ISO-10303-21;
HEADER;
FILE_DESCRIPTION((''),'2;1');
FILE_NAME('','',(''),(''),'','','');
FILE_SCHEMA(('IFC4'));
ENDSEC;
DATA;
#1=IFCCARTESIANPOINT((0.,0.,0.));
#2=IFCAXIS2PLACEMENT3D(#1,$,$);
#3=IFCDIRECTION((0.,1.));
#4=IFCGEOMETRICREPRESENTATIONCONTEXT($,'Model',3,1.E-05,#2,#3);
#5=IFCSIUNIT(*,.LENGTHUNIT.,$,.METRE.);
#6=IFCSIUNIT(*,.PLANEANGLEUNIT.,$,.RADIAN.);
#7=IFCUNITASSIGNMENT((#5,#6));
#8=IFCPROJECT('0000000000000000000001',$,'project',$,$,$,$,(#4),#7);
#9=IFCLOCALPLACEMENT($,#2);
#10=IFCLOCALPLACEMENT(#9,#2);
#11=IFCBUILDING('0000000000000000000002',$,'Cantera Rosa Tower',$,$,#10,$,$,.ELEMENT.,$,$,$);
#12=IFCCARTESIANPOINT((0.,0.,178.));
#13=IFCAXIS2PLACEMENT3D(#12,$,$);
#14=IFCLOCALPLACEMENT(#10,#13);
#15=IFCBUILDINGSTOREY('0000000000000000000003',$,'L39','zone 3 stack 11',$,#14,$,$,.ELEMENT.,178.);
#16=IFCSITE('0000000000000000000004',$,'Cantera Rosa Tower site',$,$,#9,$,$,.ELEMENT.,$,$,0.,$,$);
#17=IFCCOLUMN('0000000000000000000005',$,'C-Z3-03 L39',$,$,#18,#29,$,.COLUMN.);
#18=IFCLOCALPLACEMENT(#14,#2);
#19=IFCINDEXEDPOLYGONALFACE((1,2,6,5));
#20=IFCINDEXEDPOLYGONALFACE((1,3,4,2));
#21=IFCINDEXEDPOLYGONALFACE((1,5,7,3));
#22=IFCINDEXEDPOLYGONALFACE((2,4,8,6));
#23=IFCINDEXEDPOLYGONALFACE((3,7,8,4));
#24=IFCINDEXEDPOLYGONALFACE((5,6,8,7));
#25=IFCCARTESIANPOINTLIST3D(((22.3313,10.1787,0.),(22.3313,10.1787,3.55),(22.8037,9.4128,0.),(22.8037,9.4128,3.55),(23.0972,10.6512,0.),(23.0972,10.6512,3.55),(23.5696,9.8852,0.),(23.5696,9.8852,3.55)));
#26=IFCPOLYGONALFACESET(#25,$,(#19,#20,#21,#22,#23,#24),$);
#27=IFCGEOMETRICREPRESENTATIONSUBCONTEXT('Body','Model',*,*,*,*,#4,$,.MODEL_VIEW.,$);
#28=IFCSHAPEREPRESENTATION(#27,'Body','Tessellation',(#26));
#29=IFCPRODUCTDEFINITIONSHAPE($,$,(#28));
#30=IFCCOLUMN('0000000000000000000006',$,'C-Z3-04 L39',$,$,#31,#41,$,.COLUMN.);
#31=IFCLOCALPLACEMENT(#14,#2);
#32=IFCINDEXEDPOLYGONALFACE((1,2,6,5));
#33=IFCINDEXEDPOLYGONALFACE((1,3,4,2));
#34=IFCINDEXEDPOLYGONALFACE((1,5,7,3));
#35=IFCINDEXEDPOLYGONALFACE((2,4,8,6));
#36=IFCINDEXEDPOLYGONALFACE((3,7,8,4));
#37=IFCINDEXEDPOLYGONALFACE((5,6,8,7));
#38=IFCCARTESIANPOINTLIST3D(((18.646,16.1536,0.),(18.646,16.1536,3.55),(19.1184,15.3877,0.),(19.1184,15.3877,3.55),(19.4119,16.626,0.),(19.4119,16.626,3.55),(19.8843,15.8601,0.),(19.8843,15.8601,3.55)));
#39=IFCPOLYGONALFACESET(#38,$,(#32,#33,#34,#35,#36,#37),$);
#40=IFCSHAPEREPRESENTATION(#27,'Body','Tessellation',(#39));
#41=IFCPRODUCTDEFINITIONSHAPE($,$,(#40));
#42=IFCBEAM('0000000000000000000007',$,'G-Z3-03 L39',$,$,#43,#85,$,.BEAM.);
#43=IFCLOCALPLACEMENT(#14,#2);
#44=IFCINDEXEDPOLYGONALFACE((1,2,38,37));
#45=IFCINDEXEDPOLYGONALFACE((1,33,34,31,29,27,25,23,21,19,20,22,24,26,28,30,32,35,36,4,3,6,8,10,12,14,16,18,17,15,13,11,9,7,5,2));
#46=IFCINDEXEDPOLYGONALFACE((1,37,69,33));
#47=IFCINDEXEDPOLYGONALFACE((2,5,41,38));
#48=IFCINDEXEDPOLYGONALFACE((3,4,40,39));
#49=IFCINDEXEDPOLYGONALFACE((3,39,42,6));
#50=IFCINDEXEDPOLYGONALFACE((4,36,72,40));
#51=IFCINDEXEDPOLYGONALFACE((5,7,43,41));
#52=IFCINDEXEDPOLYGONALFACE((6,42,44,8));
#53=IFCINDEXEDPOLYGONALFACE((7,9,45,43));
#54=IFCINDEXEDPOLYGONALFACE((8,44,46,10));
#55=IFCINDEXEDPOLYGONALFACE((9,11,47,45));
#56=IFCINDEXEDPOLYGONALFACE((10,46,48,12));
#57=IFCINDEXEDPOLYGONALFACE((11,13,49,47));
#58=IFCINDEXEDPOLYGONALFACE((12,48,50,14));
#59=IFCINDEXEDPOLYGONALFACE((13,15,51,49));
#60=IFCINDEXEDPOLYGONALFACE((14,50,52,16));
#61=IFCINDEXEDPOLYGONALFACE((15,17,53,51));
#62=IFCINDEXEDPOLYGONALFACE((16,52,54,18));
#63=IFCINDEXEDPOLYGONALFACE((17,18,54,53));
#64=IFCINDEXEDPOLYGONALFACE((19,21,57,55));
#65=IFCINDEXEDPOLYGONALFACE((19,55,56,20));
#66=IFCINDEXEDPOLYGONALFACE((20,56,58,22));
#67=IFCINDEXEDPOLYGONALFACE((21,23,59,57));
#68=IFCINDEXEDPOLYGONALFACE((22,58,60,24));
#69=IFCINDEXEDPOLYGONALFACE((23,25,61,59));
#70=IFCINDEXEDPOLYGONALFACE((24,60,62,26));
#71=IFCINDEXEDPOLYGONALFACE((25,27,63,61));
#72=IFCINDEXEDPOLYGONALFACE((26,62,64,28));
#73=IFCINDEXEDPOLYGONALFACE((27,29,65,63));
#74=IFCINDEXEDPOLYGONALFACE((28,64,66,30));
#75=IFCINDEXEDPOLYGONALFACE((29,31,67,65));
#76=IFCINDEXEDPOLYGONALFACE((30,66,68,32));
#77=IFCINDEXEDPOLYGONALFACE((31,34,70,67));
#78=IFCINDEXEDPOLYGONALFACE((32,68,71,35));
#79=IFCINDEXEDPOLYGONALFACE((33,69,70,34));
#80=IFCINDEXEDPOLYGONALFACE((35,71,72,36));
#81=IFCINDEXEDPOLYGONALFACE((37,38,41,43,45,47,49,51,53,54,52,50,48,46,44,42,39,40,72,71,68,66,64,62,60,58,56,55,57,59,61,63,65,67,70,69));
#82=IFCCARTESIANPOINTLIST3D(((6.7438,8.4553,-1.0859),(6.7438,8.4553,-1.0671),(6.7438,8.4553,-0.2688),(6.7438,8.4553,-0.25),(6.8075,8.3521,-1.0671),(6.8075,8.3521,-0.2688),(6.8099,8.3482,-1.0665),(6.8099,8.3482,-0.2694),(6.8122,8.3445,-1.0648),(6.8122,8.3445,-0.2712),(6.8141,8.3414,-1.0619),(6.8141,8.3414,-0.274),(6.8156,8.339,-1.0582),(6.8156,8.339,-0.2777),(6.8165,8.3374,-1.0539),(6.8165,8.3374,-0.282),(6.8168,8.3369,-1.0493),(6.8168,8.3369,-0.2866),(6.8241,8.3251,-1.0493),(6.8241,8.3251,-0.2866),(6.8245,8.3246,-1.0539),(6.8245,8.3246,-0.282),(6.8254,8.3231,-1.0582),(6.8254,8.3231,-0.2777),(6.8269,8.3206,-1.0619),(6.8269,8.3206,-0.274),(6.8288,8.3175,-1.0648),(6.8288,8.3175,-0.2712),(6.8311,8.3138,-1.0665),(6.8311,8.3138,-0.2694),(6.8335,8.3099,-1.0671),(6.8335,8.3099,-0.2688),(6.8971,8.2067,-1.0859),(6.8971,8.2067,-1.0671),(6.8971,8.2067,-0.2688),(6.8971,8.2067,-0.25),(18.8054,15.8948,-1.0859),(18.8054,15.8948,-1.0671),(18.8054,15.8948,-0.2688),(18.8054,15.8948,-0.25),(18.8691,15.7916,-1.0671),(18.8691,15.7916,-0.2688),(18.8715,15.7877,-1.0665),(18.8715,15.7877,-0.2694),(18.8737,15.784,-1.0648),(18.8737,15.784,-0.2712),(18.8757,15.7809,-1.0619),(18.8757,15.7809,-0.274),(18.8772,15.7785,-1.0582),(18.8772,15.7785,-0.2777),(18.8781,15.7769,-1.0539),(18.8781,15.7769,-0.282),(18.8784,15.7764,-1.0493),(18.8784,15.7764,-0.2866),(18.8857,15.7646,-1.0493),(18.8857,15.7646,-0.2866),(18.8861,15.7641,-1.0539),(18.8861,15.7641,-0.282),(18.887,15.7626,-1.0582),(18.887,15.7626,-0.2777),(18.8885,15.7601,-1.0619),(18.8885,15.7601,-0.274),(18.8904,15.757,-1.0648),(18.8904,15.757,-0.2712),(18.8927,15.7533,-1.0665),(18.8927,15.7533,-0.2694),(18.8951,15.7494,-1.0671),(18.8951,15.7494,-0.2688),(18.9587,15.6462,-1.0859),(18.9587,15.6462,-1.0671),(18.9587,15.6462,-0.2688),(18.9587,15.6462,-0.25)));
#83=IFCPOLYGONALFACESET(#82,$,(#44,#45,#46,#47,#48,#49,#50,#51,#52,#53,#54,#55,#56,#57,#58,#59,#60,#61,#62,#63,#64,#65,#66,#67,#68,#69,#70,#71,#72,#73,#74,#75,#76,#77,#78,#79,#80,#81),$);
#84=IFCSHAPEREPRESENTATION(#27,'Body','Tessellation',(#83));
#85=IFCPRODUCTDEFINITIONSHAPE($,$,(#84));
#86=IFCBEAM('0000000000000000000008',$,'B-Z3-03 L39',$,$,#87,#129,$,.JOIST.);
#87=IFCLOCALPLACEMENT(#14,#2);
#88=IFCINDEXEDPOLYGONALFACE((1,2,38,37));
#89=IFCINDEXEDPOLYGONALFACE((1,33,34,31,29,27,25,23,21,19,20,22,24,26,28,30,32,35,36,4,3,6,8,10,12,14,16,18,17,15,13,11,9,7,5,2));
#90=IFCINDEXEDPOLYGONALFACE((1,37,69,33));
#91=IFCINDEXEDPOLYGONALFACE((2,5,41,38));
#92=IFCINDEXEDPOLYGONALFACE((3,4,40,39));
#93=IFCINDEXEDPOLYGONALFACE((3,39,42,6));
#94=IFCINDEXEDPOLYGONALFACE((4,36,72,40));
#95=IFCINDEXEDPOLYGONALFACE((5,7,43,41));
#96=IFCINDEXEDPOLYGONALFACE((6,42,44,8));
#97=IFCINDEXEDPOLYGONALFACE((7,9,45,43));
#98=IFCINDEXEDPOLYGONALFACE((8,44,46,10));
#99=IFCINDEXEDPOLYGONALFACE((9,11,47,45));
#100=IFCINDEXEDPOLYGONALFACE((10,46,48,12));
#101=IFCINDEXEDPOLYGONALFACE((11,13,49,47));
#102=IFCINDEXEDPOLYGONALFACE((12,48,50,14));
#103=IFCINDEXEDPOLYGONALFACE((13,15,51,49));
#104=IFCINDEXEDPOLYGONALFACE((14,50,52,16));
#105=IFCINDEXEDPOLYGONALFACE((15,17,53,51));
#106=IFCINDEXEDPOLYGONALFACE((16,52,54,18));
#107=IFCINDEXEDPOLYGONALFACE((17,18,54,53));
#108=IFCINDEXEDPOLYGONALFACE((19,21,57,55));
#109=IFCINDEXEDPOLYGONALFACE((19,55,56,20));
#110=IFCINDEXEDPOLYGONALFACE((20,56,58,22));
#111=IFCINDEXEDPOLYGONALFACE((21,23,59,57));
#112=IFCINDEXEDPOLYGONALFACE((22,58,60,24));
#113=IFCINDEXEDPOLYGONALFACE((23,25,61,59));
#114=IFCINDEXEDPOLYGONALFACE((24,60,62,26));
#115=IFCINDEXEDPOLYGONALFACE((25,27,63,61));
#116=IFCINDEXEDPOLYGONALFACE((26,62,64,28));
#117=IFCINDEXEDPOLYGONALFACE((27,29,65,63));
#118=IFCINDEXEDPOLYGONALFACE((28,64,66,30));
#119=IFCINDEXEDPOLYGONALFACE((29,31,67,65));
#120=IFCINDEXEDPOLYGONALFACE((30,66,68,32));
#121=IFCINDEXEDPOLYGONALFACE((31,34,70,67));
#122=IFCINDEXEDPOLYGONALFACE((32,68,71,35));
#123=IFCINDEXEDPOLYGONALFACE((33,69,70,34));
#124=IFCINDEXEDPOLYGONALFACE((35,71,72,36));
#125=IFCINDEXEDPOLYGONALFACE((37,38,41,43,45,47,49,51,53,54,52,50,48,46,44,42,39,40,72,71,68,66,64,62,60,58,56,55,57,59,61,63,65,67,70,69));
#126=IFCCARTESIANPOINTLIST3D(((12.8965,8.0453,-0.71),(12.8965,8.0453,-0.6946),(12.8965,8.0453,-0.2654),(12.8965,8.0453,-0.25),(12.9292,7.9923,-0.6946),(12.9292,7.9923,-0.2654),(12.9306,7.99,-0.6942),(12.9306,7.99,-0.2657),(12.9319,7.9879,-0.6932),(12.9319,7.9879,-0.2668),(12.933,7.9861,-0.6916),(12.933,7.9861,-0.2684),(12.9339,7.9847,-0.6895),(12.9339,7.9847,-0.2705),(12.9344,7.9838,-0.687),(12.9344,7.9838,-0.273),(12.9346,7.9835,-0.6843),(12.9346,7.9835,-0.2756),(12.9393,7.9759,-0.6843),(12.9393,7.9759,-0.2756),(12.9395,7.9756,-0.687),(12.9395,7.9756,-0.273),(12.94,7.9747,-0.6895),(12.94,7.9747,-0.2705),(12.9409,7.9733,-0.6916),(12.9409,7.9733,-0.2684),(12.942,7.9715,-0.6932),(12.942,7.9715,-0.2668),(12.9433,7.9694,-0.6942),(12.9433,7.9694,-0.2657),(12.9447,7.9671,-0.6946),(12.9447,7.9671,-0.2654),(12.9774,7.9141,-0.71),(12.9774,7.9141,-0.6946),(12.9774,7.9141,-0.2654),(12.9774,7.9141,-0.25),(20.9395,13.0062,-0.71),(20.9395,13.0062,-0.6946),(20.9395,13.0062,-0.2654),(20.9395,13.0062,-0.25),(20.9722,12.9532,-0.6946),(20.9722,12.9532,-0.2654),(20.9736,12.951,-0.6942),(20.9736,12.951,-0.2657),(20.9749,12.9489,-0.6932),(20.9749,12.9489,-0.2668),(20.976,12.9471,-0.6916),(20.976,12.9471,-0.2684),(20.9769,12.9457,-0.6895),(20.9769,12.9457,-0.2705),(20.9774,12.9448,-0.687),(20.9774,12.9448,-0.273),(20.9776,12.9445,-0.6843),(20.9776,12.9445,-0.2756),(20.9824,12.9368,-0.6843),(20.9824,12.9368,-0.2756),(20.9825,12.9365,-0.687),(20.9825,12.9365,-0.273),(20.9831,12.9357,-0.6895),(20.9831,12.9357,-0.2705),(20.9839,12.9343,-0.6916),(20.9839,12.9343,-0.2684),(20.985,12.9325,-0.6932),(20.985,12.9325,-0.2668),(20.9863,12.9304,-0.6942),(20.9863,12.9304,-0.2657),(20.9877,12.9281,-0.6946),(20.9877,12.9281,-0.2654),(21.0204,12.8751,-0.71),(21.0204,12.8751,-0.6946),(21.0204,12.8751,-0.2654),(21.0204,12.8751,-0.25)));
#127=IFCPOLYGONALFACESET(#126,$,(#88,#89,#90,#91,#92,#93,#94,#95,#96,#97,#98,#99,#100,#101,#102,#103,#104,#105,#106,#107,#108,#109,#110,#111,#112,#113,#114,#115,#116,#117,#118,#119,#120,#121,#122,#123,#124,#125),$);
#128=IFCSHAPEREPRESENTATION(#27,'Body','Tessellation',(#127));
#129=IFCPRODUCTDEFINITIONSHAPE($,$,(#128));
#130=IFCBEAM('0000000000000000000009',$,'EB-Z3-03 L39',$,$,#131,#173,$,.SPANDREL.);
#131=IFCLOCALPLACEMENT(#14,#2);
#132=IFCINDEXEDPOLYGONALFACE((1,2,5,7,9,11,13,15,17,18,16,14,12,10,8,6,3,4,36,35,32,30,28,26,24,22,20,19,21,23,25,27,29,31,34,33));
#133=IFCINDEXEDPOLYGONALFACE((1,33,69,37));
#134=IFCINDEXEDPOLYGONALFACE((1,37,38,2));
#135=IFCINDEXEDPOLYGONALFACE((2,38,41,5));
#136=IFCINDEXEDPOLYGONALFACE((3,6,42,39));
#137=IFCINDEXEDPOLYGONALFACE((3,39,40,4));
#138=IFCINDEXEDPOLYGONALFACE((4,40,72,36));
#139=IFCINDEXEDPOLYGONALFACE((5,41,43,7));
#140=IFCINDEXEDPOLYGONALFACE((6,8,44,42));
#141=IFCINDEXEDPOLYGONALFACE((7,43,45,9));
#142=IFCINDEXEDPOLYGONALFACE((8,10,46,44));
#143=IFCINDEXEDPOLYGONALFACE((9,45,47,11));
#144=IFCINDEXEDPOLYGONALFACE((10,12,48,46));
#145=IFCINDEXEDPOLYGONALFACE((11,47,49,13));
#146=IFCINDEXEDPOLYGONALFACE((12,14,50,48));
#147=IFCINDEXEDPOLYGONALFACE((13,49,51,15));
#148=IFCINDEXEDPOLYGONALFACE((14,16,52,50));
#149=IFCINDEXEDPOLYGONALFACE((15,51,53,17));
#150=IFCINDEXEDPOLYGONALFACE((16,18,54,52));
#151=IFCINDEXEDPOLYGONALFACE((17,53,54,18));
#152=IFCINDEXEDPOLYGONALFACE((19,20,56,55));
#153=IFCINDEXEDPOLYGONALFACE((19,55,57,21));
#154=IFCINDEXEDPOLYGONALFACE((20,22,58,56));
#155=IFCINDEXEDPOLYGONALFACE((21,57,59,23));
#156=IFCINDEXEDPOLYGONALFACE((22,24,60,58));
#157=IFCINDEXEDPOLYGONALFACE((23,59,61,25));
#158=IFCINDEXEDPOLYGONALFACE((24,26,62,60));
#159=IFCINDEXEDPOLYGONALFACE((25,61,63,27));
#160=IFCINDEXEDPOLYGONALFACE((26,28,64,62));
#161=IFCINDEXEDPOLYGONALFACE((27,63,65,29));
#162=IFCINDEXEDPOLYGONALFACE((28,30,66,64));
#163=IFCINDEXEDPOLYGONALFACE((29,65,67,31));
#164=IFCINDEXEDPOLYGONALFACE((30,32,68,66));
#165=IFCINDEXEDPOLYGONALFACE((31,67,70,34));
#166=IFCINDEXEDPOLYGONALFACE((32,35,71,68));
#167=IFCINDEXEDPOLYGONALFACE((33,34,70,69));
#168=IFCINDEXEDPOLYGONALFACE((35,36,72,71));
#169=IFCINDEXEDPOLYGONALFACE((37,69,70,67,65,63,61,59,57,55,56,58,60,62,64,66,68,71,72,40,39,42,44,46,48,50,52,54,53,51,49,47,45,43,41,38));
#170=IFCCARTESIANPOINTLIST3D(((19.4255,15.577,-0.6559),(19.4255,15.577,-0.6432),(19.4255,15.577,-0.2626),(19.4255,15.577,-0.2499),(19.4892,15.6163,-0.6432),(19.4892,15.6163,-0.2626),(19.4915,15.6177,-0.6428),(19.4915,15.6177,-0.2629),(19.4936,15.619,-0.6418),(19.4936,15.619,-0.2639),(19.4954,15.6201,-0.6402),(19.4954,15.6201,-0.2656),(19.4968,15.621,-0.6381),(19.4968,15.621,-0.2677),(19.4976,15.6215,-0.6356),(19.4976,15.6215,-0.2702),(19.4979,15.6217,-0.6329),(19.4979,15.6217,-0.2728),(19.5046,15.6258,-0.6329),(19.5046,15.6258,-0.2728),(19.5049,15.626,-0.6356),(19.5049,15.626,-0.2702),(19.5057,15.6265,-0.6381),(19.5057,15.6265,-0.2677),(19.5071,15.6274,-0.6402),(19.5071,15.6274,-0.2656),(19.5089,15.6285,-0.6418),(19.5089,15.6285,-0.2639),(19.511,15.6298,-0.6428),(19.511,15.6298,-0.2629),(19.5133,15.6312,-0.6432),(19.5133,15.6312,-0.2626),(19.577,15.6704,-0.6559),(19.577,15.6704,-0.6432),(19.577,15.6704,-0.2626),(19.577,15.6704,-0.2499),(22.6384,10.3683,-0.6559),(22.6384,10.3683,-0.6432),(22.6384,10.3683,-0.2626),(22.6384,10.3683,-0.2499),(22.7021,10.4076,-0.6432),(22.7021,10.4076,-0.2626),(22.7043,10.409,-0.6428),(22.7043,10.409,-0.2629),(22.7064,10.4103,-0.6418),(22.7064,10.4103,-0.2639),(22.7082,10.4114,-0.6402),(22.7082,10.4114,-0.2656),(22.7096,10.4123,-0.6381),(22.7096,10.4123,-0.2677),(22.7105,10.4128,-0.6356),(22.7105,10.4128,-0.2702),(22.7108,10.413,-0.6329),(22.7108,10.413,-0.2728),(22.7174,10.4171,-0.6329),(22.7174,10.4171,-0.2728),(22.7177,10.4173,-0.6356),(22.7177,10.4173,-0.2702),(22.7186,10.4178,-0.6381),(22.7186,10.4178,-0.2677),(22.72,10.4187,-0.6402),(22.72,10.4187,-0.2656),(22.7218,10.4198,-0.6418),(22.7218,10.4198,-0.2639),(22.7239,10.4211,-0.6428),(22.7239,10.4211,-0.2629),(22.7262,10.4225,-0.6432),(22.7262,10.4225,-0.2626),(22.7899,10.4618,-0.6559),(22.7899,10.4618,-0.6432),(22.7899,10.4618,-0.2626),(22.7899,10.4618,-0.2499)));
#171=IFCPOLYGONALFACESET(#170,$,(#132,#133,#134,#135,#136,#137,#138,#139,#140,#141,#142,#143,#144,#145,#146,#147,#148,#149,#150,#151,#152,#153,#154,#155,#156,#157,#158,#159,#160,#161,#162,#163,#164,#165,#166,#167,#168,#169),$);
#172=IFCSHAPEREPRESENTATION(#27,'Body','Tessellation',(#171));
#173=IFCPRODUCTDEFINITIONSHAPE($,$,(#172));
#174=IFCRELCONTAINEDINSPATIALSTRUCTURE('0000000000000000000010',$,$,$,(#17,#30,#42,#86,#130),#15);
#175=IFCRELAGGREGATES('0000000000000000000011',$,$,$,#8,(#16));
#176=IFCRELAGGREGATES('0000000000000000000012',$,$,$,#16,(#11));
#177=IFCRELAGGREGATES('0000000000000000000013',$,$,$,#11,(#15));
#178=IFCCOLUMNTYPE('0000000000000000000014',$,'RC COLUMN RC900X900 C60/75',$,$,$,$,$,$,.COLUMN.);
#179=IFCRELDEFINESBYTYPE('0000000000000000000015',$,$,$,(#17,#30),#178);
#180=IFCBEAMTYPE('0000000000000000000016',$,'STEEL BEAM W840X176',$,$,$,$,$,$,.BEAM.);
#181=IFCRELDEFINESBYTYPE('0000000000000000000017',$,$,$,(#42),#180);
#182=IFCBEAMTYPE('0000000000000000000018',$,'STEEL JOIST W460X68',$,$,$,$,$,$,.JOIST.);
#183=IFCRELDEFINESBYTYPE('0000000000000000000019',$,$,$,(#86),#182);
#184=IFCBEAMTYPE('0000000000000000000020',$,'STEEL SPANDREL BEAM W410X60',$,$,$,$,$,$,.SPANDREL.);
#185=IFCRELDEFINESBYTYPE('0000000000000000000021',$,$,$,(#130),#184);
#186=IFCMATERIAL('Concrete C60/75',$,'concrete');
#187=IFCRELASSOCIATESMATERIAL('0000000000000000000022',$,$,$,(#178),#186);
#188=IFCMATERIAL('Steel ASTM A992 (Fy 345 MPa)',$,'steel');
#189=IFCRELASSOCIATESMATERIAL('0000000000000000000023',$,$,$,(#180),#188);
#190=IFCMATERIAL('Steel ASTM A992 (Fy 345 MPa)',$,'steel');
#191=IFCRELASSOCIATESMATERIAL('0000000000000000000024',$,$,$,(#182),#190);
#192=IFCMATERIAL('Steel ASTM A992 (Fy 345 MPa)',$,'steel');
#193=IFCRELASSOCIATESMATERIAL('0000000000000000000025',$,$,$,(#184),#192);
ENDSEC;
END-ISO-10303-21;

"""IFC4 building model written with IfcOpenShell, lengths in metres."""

from ifc_helpers import new_model, si_unit, direction, frame, origin, origin_2d, place, context, subcontext, project, spatial, rectangle, i_section, extrude, material, material_profile, profile_set, type_object, element, save


model = new_model("IFC4")

# Units and contexts
model_context = context("Model", 3, precision=1e-05, world=origin(), true_north=direction((0.0, 1.0)))
body_context = subcontext(model_context, "Body", "Model", "MODEL_VIEW")
ifc_project = project(units=[si_unit("LENGTHUNIT", "METRE"), si_unit("PLANEANGLEUNIT", "RADIAN")], contexts=[model_context])

# Site, building, storey
site_placement = place(None, origin())
site = spatial("IfcSite", under=ifc_project, at=site_placement, Name="Cantera Rosa Tower site", CompositionType="ELEMENT", RefElevation=0.0)
building_placement = place(site_placement, origin())
building = spatial("IfcBuilding", under=site, at=building_placement, Name="Cantera Rosa Tower", CompositionType="ELEMENT")
storey_placement = place(building_placement, frame((0.0, 0.0, 178.0)))
storey = spatial("IfcBuildingStorey", under=building, at=storey_placement, Name="L39", Description="zone 3 stack 11", CompositionType="ELEMENT", Elevation=178.0)

# Columns
ifc_material_1 = material(Name="Concrete C60/75", Category="concrete")
ifc_material_profile_1 = material_profile(ifc_material_1, rectangle(XDim=0.8999, YDim=0.8999, at=origin_2d()), Name="RC COLUMN RC900X900 C60/75")
ifc_profile_set_1 = profile_set([ifc_material_profile_1], Name="Concrete C60/75")
column_type = type_object("IfcColumnType", Name="RC COLUMN RC900X900 C60/75", PredefinedType="COLUMN", material=ifc_profile_set_1)
for number, where, z_axis, x_axis, name in (
    (1, (22.9504, 10.032, 0.0), (0.0, 0.0, 1.0), (0.851117, 0.524977, 0.0), "C-Z3-03 L39"),
    (2, (19.2651, 16.0068, 0.0), (0.0, 0.0, 1.0), (0.851117, 0.524977, 0.0), "C-Z3-04 L39"),
):
    element("IfcColumn", number, at=place(storey_placement, frame(where, z_axis=z_axis, x_axis=x_axis)), inside=storey, type_object=column_type, Name=name, PredefinedType="COLUMN", context=body_context, shape_type="SweptSolid", body=[
        extrude(rectangle(XDim=0.8999, YDim=0.8999, at=origin_2d()), origin(), (0.0, 0.0, 1.0), 3.55),
    ])

# Beams
ifc_material_2 = material(Name="Steel ASTM A992 (Fy 345 MPa)", Category="steel")
ifc_material_profile_2 = material_profile(ifc_material_2, i_section(OverallWidth=0.292, OverallDepth=0.8359, WebThickness=0.0139, FlangeThickness=0.0188, FilletRadius=0.0178, at=origin_2d()), Name="W840X176")
ifc_profile_set_2 = profile_set([ifc_material_profile_2], Name="Steel ASTM A992 (Fy 345 MPa)")
beam_type_1 = type_object("IfcBeamType", Name="STEEL BEAM W840X176", PredefinedType="BEAM", material=ifc_profile_set_2)
beam_1_placement = place(storey_placement, frame((18.8821, 15.7705, -0.668), z_axis=(-0.851123, -0.524966, 0.0), x_axis=(0.524966, -0.851123, 0.0)))
element("IfcBeam", 3, at=beam_1_placement, inside=storey, type_object=beam_type_1, Name="G-Z3-03 L39", PredefinedType="BEAM", context=body_context, shape_type="SweptSolid", body=[
    extrude(i_section(OverallWidth=0.292, OverallDepth=0.8359, WebThickness=0.0139, FlangeThickness=0.0188, FilletRadius=0.0178, at=origin_2d()), origin(), (0.0, 0.0, 1.0), 14.1714),
])
ifc_material_3 = material(Name="Steel ASTM A992 (Fy 345 MPa)", Category="steel")
ifc_material_profile_3 = material_profile(ifc_material_3, i_section(OverallWidth=0.1541, OverallDepth=0.46, WebThickness=0.009, FlangeThickness=0.0154, FilletRadius=0.0103, at=origin_2d()), Name="W460X68")
ifc_profile_set_3 = profile_set([ifc_material_profile_3], Name="Steel ASTM A992 (Fy 345 MPa)")
beam_type_2 = type_object("IfcBeamType", Name="STEEL JOIST W460X68", PredefinedType="JOIST", material=ifc_profile_set_3)
beam_2_placement = place(storey_placement, frame((20.98, 12.9407, -0.48), z_axis=(-0.851119, -0.524974, 0.0), x_axis=(0.524974, -0.851119, 0.0)))
element("IfcBeam", 4, at=beam_2_placement, inside=storey, type_object=beam_type_2, Name="B-Z3-03 L39", PredefinedType="JOIST", context=body_context, shape_type="SweptSolid", body=[
    extrude(i_section(OverallWidth=0.1541, OverallDepth=0.46, WebThickness=0.009, FlangeThickness=0.0154, FilletRadius=0.0103, at=origin_2d()), origin(), (0.0, 0.0, 1.0), 9.45),
])
ifc_material_4 = material(Name="Steel ASTM A992 (Fy 345 MPa)", Category="steel")
ifc_material_profile_4 = material_profile(ifc_material_4, i_section(OverallWidth=0.178, OverallDepth=0.406, WebThickness=0.0078, FlangeThickness=0.0127, FilletRadius=0.0103, at=origin_2d()), Name="W410X60")
ifc_profile_set_4 = profile_set([ifc_material_profile_4], Name="Steel ASTM A992 (Fy 345 MPa)")
beam_type_3 = type_object("IfcBeamType", Name="STEEL SPANDREL BEAM W410X60", PredefinedType="SPANDREL", material=ifc_profile_set_4)
for number, where, z_axis, x_axis, name in (
    (5, (22.7141, 10.415, -0.4529), (-0.524987, 0.85111, 0.0), (-0.85111, -0.524987, 0.0), "EB-Z3-03 L39"),
):
    element("IfcBeam", number, at=place(storey_placement, frame(where, z_axis=z_axis, x_axis=x_axis)), inside=storey, type_object=beam_type_3, Name=name, PredefinedType="SPANDREL", context=body_context, shape_type="SweptSolid", body=[
        extrude(i_section(OverallWidth=0.178, OverallDepth=0.406, WebThickness=0.0078, FlangeThickness=0.0127, FilletRadius=0.0103, at=origin_2d()), origin(), (0.0, 0.0, 1.0), 6.1199),
    ])

save(model, "model.ifc")
